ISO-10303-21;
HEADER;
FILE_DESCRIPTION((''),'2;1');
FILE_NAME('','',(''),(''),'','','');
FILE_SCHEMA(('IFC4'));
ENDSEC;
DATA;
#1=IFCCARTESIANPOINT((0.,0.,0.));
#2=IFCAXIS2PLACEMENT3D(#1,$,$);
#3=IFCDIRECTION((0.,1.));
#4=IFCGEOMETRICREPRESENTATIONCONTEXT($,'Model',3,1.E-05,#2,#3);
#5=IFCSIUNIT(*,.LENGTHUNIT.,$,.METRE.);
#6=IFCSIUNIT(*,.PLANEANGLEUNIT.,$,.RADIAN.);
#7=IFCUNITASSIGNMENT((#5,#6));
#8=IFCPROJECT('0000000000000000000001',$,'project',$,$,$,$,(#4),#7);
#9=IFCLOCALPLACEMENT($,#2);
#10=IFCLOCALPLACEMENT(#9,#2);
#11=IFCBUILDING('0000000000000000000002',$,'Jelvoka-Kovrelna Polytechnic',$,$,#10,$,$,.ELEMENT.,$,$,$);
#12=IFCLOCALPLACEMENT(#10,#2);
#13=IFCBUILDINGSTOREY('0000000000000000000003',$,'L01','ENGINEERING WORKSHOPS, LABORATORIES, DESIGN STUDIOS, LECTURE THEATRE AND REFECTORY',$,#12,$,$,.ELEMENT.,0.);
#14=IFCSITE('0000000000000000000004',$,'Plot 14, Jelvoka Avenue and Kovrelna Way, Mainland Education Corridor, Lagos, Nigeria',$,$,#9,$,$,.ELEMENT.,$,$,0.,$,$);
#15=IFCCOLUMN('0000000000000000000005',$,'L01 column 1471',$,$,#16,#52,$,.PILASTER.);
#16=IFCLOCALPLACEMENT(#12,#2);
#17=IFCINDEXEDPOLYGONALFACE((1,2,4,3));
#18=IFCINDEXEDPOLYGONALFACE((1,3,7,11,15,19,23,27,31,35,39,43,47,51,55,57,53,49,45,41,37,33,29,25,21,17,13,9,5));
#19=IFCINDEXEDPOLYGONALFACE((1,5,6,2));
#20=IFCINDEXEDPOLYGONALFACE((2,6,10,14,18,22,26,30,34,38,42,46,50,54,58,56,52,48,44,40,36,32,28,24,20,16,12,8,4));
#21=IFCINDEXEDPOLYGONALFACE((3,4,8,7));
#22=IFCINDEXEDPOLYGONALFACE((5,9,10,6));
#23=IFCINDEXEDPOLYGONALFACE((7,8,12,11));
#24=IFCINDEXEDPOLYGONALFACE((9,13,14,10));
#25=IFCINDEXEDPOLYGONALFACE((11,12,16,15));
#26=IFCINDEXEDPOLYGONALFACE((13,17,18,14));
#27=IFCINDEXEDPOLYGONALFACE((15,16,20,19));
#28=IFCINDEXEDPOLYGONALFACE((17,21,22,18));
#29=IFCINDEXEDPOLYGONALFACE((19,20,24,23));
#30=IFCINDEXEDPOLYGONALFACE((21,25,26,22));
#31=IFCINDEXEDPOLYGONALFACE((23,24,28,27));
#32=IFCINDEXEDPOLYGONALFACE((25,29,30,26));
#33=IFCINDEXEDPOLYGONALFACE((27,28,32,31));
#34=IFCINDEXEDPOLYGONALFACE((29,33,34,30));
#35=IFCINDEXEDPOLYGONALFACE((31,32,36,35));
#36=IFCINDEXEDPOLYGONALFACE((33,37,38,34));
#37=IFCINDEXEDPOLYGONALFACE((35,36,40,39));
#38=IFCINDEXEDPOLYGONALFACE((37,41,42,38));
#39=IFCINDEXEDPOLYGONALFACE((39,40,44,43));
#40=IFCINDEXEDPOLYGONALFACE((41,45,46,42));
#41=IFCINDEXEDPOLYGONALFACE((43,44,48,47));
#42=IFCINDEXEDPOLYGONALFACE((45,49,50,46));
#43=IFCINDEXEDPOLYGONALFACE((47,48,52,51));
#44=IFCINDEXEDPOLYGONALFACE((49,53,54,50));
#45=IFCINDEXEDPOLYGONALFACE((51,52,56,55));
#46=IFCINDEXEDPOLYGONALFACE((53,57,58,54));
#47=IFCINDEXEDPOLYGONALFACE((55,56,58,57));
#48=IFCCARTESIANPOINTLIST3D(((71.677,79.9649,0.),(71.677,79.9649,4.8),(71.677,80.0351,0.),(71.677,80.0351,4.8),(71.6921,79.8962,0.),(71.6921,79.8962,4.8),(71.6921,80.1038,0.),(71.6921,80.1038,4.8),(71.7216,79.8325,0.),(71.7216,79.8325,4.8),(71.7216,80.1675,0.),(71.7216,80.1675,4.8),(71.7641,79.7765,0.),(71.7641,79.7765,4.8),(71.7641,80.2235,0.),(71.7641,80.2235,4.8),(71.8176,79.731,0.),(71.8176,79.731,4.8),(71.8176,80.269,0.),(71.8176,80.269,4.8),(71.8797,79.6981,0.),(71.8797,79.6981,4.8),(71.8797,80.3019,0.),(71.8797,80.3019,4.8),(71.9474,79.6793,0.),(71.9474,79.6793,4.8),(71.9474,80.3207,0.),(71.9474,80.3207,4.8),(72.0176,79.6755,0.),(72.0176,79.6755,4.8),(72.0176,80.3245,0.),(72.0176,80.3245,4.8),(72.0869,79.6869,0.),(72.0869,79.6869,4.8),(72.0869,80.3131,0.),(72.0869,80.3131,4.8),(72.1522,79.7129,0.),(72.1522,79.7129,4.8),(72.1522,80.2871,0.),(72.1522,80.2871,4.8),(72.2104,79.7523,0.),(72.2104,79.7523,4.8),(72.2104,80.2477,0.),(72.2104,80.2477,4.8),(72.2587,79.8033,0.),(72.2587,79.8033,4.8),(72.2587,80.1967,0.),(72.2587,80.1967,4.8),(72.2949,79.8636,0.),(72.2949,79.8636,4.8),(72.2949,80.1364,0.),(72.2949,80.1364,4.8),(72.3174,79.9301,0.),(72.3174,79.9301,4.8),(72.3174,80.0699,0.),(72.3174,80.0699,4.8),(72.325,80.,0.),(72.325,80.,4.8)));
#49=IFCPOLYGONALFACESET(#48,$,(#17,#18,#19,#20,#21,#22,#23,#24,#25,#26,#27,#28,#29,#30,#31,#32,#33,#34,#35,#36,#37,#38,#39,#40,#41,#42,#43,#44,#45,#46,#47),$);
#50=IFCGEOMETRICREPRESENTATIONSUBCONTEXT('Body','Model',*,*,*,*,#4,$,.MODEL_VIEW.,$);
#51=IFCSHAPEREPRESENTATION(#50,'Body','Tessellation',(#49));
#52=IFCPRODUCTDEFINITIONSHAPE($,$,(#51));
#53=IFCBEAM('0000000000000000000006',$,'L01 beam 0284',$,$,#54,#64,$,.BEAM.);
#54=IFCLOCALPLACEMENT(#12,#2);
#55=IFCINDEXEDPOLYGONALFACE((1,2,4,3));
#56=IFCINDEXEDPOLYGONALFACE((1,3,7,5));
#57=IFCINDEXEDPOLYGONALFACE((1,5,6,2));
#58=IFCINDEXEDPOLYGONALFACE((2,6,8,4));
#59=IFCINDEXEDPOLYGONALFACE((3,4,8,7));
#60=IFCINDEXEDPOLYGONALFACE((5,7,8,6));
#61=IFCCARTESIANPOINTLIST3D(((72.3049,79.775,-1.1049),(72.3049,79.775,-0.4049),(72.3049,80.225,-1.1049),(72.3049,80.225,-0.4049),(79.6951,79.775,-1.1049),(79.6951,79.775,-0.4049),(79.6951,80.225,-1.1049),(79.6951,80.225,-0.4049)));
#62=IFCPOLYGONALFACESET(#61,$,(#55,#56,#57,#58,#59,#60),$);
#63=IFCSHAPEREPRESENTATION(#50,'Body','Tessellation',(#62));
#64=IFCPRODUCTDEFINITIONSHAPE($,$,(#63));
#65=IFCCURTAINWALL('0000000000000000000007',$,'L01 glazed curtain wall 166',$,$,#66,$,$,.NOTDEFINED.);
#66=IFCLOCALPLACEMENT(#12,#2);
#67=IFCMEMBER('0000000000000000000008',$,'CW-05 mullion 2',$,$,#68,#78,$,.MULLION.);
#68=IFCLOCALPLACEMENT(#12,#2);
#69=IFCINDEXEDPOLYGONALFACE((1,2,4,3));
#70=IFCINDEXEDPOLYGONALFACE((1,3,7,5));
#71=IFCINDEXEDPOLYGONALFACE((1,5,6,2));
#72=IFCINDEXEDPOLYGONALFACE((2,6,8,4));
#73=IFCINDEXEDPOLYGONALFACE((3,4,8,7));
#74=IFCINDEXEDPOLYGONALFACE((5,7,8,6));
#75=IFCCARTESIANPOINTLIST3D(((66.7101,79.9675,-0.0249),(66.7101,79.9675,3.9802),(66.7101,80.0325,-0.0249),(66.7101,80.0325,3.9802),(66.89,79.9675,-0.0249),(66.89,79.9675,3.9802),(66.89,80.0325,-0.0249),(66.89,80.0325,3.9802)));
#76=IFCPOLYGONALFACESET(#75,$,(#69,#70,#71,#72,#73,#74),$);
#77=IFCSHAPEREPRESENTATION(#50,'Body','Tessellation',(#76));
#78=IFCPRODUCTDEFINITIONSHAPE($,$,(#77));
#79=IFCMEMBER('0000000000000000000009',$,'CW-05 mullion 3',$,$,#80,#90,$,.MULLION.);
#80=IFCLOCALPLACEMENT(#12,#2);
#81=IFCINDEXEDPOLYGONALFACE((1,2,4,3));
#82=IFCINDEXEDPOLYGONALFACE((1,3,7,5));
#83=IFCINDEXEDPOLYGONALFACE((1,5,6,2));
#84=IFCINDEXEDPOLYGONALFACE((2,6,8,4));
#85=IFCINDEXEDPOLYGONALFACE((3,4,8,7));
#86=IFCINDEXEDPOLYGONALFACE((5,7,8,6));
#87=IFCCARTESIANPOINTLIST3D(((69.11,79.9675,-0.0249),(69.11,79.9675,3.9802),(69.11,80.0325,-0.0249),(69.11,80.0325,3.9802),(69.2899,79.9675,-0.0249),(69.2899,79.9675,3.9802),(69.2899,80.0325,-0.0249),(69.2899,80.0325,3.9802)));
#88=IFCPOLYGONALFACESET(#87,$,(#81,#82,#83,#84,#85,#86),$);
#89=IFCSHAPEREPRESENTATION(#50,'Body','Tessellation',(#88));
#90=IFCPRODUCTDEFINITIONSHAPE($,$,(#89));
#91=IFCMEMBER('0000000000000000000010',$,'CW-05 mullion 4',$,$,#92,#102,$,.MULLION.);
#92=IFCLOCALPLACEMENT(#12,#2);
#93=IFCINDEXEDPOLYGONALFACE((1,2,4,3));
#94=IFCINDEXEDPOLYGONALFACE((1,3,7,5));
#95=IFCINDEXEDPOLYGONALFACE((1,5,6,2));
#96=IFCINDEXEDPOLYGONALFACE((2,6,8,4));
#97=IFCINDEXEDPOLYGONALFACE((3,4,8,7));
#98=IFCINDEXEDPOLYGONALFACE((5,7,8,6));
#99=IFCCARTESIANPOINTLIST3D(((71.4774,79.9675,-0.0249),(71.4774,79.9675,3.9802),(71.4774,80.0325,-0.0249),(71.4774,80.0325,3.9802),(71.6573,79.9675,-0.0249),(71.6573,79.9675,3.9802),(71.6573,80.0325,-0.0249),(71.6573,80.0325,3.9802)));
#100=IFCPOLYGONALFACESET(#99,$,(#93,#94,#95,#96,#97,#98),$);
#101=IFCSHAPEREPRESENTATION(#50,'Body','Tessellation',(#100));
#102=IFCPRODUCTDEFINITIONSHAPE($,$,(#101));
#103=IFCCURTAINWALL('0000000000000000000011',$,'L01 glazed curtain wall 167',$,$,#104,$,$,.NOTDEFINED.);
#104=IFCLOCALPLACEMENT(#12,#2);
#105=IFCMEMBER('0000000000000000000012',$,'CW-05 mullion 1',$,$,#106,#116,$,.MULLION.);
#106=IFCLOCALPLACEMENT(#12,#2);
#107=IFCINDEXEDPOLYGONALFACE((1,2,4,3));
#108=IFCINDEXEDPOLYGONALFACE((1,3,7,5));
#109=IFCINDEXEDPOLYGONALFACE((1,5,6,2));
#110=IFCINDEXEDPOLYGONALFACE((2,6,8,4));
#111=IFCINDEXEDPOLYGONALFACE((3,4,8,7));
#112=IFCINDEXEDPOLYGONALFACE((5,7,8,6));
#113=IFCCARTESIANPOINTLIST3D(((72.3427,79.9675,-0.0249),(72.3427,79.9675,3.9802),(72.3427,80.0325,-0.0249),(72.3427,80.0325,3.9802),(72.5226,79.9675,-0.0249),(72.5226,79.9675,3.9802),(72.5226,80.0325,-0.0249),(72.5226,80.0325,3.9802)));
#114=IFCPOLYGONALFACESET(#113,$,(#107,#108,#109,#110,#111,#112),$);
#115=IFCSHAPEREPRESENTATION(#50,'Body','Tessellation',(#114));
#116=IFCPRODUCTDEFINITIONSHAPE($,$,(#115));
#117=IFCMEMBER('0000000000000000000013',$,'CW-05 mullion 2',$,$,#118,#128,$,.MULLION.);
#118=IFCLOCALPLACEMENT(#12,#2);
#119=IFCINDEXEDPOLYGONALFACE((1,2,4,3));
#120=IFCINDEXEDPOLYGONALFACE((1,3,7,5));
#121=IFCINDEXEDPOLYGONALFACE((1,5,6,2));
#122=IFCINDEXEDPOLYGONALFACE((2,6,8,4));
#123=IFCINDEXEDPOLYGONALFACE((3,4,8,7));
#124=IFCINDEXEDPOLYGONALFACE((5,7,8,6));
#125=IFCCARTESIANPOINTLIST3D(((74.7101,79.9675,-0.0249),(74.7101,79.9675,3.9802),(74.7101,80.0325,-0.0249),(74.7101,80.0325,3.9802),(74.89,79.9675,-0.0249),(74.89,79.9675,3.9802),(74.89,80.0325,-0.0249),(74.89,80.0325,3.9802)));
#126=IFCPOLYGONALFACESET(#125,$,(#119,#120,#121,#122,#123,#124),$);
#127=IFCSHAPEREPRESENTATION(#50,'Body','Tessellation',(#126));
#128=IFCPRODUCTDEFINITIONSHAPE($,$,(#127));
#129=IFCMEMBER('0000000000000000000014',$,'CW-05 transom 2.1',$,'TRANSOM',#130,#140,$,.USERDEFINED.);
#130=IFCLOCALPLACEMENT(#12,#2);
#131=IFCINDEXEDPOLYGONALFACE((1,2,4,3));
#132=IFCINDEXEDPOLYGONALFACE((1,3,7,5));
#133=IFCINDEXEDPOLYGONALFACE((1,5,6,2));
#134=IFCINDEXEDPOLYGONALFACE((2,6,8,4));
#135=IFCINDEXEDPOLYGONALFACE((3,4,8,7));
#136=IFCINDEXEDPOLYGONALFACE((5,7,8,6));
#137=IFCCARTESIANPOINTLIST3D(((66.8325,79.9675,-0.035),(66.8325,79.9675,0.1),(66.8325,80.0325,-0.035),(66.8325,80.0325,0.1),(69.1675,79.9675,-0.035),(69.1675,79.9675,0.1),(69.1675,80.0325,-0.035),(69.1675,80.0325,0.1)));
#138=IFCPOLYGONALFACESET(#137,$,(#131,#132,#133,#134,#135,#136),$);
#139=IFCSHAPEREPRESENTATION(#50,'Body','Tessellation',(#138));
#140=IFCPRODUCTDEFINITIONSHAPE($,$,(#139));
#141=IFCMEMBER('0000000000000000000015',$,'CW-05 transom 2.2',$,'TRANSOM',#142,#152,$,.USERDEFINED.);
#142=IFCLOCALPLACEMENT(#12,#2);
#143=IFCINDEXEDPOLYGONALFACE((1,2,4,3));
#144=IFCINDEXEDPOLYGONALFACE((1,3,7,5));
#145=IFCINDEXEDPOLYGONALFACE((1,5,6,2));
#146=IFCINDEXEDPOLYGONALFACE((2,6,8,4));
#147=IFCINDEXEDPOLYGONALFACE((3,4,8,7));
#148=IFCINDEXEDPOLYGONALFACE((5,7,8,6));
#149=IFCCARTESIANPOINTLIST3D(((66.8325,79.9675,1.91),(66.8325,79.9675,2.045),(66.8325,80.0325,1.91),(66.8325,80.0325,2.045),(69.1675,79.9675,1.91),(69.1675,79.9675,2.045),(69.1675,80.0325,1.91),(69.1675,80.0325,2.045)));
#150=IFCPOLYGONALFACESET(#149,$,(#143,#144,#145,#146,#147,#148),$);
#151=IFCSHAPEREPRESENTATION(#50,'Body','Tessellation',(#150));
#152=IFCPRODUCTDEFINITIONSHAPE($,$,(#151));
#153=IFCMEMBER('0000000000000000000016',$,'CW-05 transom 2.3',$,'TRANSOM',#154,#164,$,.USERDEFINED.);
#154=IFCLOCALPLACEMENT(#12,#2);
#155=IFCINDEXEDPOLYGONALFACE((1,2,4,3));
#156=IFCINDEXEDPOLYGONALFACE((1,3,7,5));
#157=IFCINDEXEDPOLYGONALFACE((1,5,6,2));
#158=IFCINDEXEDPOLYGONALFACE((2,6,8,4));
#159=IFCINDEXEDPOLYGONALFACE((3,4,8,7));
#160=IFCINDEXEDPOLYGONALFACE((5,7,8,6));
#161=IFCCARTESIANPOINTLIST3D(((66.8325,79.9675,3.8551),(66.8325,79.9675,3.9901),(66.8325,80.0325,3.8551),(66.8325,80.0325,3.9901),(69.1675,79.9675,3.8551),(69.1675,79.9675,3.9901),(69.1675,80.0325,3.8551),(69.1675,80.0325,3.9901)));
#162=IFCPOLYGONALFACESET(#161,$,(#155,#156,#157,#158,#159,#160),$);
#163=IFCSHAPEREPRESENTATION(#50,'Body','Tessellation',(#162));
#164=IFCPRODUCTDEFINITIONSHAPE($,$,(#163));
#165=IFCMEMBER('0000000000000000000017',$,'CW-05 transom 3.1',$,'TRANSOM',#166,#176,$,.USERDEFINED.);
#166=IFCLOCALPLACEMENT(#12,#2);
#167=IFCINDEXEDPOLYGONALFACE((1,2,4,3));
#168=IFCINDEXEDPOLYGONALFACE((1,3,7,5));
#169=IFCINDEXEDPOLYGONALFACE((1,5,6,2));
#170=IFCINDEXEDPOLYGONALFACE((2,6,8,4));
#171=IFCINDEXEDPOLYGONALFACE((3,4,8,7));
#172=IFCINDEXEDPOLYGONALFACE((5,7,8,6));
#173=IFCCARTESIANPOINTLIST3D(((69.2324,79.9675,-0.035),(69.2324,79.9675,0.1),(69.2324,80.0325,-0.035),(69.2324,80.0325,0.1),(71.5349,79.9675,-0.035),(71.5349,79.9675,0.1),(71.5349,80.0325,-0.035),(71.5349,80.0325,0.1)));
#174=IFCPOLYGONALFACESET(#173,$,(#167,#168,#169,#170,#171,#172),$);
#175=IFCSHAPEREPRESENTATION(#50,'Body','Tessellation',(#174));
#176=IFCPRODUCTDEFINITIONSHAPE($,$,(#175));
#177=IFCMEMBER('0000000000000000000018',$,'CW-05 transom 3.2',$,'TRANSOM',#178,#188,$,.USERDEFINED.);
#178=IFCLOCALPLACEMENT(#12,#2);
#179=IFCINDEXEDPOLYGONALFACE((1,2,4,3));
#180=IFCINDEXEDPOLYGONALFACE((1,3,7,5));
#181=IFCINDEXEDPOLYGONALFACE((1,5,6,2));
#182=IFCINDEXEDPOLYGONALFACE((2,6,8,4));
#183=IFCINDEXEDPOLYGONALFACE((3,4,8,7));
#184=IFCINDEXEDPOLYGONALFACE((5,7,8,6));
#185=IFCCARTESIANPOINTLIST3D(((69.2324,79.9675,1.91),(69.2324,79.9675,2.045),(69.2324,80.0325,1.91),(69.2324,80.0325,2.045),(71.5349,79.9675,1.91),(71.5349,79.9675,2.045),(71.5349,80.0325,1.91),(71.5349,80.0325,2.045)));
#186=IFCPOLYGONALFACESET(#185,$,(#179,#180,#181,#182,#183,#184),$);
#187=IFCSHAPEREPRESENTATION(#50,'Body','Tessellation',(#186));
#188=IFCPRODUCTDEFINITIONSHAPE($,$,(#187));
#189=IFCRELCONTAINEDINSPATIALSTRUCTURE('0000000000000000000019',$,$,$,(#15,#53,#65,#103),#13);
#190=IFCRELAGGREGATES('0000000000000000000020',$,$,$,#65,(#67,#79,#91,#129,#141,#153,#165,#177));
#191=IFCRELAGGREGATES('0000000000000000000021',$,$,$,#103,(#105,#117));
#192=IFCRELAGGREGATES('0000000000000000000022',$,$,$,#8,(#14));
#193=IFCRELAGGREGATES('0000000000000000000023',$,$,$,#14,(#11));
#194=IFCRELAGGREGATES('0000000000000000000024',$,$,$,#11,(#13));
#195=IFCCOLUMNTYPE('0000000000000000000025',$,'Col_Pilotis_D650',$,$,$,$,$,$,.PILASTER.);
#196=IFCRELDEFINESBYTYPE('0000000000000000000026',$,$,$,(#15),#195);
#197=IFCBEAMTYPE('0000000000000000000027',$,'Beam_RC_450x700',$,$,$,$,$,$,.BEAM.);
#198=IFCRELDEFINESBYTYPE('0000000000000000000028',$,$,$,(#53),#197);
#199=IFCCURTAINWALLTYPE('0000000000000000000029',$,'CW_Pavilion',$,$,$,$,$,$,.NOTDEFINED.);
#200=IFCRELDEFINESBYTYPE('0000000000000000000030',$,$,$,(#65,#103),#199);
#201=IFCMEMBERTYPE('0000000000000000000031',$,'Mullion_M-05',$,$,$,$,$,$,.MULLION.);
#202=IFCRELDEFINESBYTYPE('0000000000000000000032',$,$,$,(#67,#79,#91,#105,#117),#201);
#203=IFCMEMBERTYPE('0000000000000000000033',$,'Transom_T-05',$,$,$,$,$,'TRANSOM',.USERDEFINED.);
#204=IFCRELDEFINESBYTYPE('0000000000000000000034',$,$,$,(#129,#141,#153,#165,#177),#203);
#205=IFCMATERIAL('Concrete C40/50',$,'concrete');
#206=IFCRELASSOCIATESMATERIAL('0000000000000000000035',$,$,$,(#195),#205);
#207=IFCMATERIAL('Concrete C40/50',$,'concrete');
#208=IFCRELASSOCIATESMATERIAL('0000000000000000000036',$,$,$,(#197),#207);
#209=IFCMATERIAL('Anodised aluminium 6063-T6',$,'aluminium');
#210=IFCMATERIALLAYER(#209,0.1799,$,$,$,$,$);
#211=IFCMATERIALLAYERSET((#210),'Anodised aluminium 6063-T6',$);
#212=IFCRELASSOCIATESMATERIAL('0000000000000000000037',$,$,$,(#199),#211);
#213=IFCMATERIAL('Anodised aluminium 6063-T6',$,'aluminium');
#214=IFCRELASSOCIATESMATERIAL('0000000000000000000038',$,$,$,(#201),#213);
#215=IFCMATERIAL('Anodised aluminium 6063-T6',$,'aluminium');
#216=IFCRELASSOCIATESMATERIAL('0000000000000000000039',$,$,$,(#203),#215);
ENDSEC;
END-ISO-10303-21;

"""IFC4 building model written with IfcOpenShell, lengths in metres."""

from ifc_helpers import new_model, si_unit, direction, frame, origin, origin_2d, place, context, subcontext, project, spatial, rectangle, circle, extrude, material, layer, layer_set, material_profile, profile_set, type_object, element, aggregate, save


model = new_model("IFC4")

# Units and contexts
model_context = context("Model", 3, precision=1e-05, world=origin(), true_north=direction((0.0, 1.0)))
body_context = subcontext(model_context, "Body", "Model", "MODEL_VIEW")
ifc_project = project(units=[si_unit("LENGTHUNIT", "METRE"), si_unit("PLANEANGLEUNIT", "RADIAN")], contexts=[model_context])

# Site, building, storey
site_placement = place(None, origin())
site = spatial("IfcSite", under=ifc_project, at=site_placement, Name="Plot 14, Jelvoka Avenue and Kovrelna Way, Mainland Education Corridor, Lagos, Nigeria", CompositionType="ELEMENT", RefElevation=0.0)
building_placement = place(site_placement, origin())
building = spatial("IfcBuilding", under=site, at=building_placement, Name="Jelvoka-Kovrelna Polytechnic", CompositionType="ELEMENT")
storey_placement = place(building_placement, origin())
storey = spatial("IfcBuildingStorey", under=building, at=storey_placement, Name="L01", Description="ENGINEERING WORKSHOPS, LABORATORIES, DESIGN STUDIOS, LECTURE THEATRE AND REFECTORY", CompositionType="ELEMENT", Elevation=0.0)

# Column
ifc_material_1 = material(Name="Concrete C40/50", Category="concrete")
ifc_material_profile_1 = material_profile(ifc_material_1, circle(Radius=0.325, at=origin_2d()), Name="RC D650")
ifc_profile_set_1 = profile_set([ifc_material_profile_1], Name="Concrete C40/50")
column_type = type_object("IfcColumnType", Name="Col_Pilotis_D650", PredefinedType="PILASTER", material=ifc_profile_set_1)
column_placement = place(storey_placement, frame((72.0, 80.0, 0.0), z_axis=(0.0, 0.0, 1.0), x_axis=(1.0, 0.0, 0.0)))
element("IfcColumn", 1, at=column_placement, inside=storey, type_object=column_type, Name="L01 column 1471", PredefinedType="PILASTER", context=body_context, shape_type="SweptSolid", body=[
    extrude(circle(Radius=0.325, at=origin_2d()), origin(), (0.0, 0.0, 1.0), 4.8),
])

# Beam
ifc_material_2 = material(Name="Concrete C40/50", Category="concrete")
ifc_material_profile_2 = material_profile(ifc_material_2, rectangle(XDim=0.45, YDim=0.7, at=origin_2d()), Name="RC 450x700")
ifc_profile_set_2 = profile_set([ifc_material_profile_2], Name="Concrete C40/50")
beam_type = type_object("IfcBeamType", Name="Beam_RC_450x700", PredefinedType="BEAM", material=ifc_profile_set_2)
beam_placement = place(storey_placement, frame((72.3049, 80.0, -0.7549), z_axis=(1.0, 0.0, 0.0), x_axis=(0.0, 1.0, 0.0)))
element("IfcBeam", 2, at=beam_placement, inside=storey, type_object=beam_type, Name="L01 beam 0284", PredefinedType="BEAM", context=body_context, shape_type="SweptSolid", body=[
    extrude(rectangle(XDim=0.45, YDim=0.7, at=origin_2d()), origin(), (0.0, 0.0, 1.0), 7.3901),
])

# Curtain walls, members
ifc_material_3 = material(Name="Anodised aluminium 6063-T6", Category="aluminium")
ifc_layer_1 = layer(ifc_material_3, 0.1799)
ifc_layer_set_1 = layer_set([ifc_layer_1], Name="Anodised aluminium 6063-T6")
curtain_wall_type = type_object("IfcCurtainWallType", Name="CW_Pavilion", PredefinedType="NOTDEFINED", material=ifc_layer_set_1)
curtain_wall_1_placement = place(storey_placement, origin())
curtain_wall_1 = element("IfcCurtainWall", 3, at=curtain_wall_1_placement, inside=storey, type_object=curtain_wall_type, Name="L01 glazed curtain wall 166", PredefinedType="NOTDEFINED")
ifc_material_4 = material(Name="Anodised aluminium 6063-T6", Category="aluminium")
ifc_material_profile_3 = material_profile(ifc_material_4, rectangle(XDim=0.0649, YDim=0.1799, at=origin_2d()), Name="ALU 65x180")
ifc_profile_set_3 = profile_set([ifc_material_profile_3], Name="Anodised aluminium 6063-T6")
member_type_1 = type_object("IfcMemberType", Name="Mullion_M-05", PredefinedType="MULLION", material=ifc_profile_set_3)
member_1_placement = place(storey_placement, frame((66.8, 80.0, -0.0249), z_axis=(0.0, 0.0, 1.0), x_axis=(0.0, 1.0, 0.0)))
member_1 = element("IfcMember", 4, at=member_1_placement, type_object=member_type_1, Name="CW-05 mullion 2", PredefinedType="MULLION", context=body_context, shape_type="SweptSolid", body=[
    extrude(rectangle(XDim=0.0649, YDim=0.1799, at=origin_2d()), origin(), (0.0, 0.0, 1.0), 4.0051),
])
member_2_placement = place(storey_placement, frame((69.2, 80.0, -0.0249), z_axis=(0.0, 0.0, 1.0), x_axis=(0.0, 1.0, 0.0)))
member_2 = element("IfcMember", 5, at=member_2_placement, type_object=member_type_1, Name="CW-05 mullion 3", PredefinedType="MULLION", context=body_context, shape_type="SweptSolid", body=[
    extrude(rectangle(XDim=0.0649, YDim=0.1799, at=origin_2d()), origin(), (0.0, 0.0, 1.0), 4.0051),
])
member_3_placement = place(storey_placement, frame((71.5674, 80.0, -0.0249), z_axis=(0.0, 0.0, 1.0), x_axis=(0.0, 1.0, 0.0)))
member_3 = element("IfcMember", 6, at=member_3_placement, type_object=member_type_1, Name="CW-05 mullion 4", PredefinedType="MULLION", context=body_context, shape_type="SweptSolid", body=[
    extrude(rectangle(XDim=0.0649, YDim=0.1799, at=origin_2d()), origin(), (0.0, 0.0, 1.0), 4.0051),
])
curtain_wall_2_placement = place(storey_placement, origin())
curtain_wall_2 = element("IfcCurtainWall", 7, at=curtain_wall_2_placement, inside=storey, type_object=curtain_wall_type, Name="L01 glazed curtain wall 167", PredefinedType="NOTDEFINED")
member_4_placement = place(storey_placement, frame((72.4326, 80.0, -0.0249), z_axis=(0.0, 0.0, 1.0), x_axis=(0.0, 1.0, 0.0)))
member_4 = element("IfcMember", 8, at=member_4_placement, type_object=member_type_1, Name="CW-05 mullion 1", PredefinedType="MULLION", context=body_context, shape_type="SweptSolid", body=[
    extrude(rectangle(XDim=0.0649, YDim=0.1799, at=origin_2d()), origin(), (0.0, 0.0, 1.0), 4.0051),
])
member_5_placement = place(storey_placement, frame((74.8, 80.0, -0.0249), z_axis=(0.0, 0.0, 1.0), x_axis=(0.0, 1.0, 0.0)))
member_5 = element("IfcMember", 9, at=member_5_placement, type_object=member_type_1, Name="CW-05 mullion 2", PredefinedType="MULLION", context=body_context, shape_type="SweptSolid", body=[
    extrude(rectangle(XDim=0.0649, YDim=0.1799, at=origin_2d()), origin(), (0.0, 0.0, 1.0), 4.0051),
])

# Members
ifc_material_5 = material(Name="Anodised aluminium 6063-T6", Category="aluminium")
ifc_material_profile_4 = material_profile(ifc_material_5, rectangle(XDim=0.0649, YDim=0.135, at=origin_2d()), Name="ALU 65x135")
ifc_profile_set_4 = profile_set([ifc_material_profile_4], Name="Anodised aluminium 6063-T6")
member_type_2 = type_object("IfcMemberType", Name="Transom_T-05", ElementType="TRANSOM", PredefinedType="USERDEFINED", material=ifc_profile_set_4)
member_6_placement = place(storey_placement, frame((66.8325, 80.0, 0.0325), z_axis=(1.0, 0.0, 0.0), x_axis=(0.0, 1.0, 0.0)))
member_6 = element("IfcMember", 10, at=member_6_placement, type_object=member_type_2, Name="CW-05 transom 2.1", ObjectType="TRANSOM", PredefinedType="USERDEFINED", context=body_context, shape_type="SweptSolid", body=[
    extrude(rectangle(XDim=0.0649, YDim=0.135, at=origin_2d()), origin(), (0.0, 0.0, 1.0), 2.335),
])
member_7_placement = place(storey_placement, frame((66.8325, 80.0, 1.9775), z_axis=(1.0, 0.0, 0.0), x_axis=(0.0, 1.0, 0.0)))
member_7 = element("IfcMember", 11, at=member_7_placement, type_object=member_type_2, Name="CW-05 transom 2.2", ObjectType="TRANSOM", PredefinedType="USERDEFINED", context=body_context, shape_type="SweptSolid", body=[
    extrude(rectangle(XDim=0.0649, YDim=0.135, at=origin_2d()), origin(), (0.0, 0.0, 1.0), 2.335),
])
member_8_placement = place(storey_placement, frame((66.8325, 80.0, 3.9226), z_axis=(1.0, 0.0, 0.0), x_axis=(0.0, 1.0, 0.0)))
member_8 = element("IfcMember", 12, at=member_8_placement, type_object=member_type_2, Name="CW-05 transom 2.3", ObjectType="TRANSOM", PredefinedType="USERDEFINED", context=body_context, shape_type="SweptSolid", body=[
    extrude(rectangle(XDim=0.0649, YDim=0.135, at=origin_2d()), origin(), (0.0, 0.0, 1.0), 2.335),
])
member_9_placement = place(storey_placement, frame((69.2324, 80.0, 0.0325), z_axis=(1.0, 0.0, 0.0), x_axis=(0.0, 1.0, 0.0)))
member_9 = element("IfcMember", 13, at=member_9_placement, type_object=member_type_2, Name="CW-05 transom 3.1", ObjectType="TRANSOM", PredefinedType="USERDEFINED", context=body_context, shape_type="SweptSolid", body=[
    extrude(rectangle(XDim=0.0649, YDim=0.135, at=origin_2d()), origin(), (0.0, 0.0, 1.0), 2.3025),
])
member_10_placement = place(storey_placement, frame((69.2324, 80.0, 1.9775), z_axis=(1.0, 0.0, 0.0), x_axis=(0.0, 1.0, 0.0)))
member_10 = element("IfcMember", 14, at=member_10_placement, type_object=member_type_2, Name="CW-05 transom 3.2", ObjectType="TRANSOM", PredefinedType="USERDEFINED", context=body_context, shape_type="SweptSolid", body=[
    extrude(rectangle(XDim=0.0649, YDim=0.135, at=origin_2d()), origin(), (0.0, 0.0, 1.0), 2.3025),
])

aggregate(curtain_wall_1, [member_1, member_2, member_3, member_6, member_7, member_8, member_9, member_10])
aggregate(curtain_wall_2, [member_4, member_5])

save(model, "model.ifc")
